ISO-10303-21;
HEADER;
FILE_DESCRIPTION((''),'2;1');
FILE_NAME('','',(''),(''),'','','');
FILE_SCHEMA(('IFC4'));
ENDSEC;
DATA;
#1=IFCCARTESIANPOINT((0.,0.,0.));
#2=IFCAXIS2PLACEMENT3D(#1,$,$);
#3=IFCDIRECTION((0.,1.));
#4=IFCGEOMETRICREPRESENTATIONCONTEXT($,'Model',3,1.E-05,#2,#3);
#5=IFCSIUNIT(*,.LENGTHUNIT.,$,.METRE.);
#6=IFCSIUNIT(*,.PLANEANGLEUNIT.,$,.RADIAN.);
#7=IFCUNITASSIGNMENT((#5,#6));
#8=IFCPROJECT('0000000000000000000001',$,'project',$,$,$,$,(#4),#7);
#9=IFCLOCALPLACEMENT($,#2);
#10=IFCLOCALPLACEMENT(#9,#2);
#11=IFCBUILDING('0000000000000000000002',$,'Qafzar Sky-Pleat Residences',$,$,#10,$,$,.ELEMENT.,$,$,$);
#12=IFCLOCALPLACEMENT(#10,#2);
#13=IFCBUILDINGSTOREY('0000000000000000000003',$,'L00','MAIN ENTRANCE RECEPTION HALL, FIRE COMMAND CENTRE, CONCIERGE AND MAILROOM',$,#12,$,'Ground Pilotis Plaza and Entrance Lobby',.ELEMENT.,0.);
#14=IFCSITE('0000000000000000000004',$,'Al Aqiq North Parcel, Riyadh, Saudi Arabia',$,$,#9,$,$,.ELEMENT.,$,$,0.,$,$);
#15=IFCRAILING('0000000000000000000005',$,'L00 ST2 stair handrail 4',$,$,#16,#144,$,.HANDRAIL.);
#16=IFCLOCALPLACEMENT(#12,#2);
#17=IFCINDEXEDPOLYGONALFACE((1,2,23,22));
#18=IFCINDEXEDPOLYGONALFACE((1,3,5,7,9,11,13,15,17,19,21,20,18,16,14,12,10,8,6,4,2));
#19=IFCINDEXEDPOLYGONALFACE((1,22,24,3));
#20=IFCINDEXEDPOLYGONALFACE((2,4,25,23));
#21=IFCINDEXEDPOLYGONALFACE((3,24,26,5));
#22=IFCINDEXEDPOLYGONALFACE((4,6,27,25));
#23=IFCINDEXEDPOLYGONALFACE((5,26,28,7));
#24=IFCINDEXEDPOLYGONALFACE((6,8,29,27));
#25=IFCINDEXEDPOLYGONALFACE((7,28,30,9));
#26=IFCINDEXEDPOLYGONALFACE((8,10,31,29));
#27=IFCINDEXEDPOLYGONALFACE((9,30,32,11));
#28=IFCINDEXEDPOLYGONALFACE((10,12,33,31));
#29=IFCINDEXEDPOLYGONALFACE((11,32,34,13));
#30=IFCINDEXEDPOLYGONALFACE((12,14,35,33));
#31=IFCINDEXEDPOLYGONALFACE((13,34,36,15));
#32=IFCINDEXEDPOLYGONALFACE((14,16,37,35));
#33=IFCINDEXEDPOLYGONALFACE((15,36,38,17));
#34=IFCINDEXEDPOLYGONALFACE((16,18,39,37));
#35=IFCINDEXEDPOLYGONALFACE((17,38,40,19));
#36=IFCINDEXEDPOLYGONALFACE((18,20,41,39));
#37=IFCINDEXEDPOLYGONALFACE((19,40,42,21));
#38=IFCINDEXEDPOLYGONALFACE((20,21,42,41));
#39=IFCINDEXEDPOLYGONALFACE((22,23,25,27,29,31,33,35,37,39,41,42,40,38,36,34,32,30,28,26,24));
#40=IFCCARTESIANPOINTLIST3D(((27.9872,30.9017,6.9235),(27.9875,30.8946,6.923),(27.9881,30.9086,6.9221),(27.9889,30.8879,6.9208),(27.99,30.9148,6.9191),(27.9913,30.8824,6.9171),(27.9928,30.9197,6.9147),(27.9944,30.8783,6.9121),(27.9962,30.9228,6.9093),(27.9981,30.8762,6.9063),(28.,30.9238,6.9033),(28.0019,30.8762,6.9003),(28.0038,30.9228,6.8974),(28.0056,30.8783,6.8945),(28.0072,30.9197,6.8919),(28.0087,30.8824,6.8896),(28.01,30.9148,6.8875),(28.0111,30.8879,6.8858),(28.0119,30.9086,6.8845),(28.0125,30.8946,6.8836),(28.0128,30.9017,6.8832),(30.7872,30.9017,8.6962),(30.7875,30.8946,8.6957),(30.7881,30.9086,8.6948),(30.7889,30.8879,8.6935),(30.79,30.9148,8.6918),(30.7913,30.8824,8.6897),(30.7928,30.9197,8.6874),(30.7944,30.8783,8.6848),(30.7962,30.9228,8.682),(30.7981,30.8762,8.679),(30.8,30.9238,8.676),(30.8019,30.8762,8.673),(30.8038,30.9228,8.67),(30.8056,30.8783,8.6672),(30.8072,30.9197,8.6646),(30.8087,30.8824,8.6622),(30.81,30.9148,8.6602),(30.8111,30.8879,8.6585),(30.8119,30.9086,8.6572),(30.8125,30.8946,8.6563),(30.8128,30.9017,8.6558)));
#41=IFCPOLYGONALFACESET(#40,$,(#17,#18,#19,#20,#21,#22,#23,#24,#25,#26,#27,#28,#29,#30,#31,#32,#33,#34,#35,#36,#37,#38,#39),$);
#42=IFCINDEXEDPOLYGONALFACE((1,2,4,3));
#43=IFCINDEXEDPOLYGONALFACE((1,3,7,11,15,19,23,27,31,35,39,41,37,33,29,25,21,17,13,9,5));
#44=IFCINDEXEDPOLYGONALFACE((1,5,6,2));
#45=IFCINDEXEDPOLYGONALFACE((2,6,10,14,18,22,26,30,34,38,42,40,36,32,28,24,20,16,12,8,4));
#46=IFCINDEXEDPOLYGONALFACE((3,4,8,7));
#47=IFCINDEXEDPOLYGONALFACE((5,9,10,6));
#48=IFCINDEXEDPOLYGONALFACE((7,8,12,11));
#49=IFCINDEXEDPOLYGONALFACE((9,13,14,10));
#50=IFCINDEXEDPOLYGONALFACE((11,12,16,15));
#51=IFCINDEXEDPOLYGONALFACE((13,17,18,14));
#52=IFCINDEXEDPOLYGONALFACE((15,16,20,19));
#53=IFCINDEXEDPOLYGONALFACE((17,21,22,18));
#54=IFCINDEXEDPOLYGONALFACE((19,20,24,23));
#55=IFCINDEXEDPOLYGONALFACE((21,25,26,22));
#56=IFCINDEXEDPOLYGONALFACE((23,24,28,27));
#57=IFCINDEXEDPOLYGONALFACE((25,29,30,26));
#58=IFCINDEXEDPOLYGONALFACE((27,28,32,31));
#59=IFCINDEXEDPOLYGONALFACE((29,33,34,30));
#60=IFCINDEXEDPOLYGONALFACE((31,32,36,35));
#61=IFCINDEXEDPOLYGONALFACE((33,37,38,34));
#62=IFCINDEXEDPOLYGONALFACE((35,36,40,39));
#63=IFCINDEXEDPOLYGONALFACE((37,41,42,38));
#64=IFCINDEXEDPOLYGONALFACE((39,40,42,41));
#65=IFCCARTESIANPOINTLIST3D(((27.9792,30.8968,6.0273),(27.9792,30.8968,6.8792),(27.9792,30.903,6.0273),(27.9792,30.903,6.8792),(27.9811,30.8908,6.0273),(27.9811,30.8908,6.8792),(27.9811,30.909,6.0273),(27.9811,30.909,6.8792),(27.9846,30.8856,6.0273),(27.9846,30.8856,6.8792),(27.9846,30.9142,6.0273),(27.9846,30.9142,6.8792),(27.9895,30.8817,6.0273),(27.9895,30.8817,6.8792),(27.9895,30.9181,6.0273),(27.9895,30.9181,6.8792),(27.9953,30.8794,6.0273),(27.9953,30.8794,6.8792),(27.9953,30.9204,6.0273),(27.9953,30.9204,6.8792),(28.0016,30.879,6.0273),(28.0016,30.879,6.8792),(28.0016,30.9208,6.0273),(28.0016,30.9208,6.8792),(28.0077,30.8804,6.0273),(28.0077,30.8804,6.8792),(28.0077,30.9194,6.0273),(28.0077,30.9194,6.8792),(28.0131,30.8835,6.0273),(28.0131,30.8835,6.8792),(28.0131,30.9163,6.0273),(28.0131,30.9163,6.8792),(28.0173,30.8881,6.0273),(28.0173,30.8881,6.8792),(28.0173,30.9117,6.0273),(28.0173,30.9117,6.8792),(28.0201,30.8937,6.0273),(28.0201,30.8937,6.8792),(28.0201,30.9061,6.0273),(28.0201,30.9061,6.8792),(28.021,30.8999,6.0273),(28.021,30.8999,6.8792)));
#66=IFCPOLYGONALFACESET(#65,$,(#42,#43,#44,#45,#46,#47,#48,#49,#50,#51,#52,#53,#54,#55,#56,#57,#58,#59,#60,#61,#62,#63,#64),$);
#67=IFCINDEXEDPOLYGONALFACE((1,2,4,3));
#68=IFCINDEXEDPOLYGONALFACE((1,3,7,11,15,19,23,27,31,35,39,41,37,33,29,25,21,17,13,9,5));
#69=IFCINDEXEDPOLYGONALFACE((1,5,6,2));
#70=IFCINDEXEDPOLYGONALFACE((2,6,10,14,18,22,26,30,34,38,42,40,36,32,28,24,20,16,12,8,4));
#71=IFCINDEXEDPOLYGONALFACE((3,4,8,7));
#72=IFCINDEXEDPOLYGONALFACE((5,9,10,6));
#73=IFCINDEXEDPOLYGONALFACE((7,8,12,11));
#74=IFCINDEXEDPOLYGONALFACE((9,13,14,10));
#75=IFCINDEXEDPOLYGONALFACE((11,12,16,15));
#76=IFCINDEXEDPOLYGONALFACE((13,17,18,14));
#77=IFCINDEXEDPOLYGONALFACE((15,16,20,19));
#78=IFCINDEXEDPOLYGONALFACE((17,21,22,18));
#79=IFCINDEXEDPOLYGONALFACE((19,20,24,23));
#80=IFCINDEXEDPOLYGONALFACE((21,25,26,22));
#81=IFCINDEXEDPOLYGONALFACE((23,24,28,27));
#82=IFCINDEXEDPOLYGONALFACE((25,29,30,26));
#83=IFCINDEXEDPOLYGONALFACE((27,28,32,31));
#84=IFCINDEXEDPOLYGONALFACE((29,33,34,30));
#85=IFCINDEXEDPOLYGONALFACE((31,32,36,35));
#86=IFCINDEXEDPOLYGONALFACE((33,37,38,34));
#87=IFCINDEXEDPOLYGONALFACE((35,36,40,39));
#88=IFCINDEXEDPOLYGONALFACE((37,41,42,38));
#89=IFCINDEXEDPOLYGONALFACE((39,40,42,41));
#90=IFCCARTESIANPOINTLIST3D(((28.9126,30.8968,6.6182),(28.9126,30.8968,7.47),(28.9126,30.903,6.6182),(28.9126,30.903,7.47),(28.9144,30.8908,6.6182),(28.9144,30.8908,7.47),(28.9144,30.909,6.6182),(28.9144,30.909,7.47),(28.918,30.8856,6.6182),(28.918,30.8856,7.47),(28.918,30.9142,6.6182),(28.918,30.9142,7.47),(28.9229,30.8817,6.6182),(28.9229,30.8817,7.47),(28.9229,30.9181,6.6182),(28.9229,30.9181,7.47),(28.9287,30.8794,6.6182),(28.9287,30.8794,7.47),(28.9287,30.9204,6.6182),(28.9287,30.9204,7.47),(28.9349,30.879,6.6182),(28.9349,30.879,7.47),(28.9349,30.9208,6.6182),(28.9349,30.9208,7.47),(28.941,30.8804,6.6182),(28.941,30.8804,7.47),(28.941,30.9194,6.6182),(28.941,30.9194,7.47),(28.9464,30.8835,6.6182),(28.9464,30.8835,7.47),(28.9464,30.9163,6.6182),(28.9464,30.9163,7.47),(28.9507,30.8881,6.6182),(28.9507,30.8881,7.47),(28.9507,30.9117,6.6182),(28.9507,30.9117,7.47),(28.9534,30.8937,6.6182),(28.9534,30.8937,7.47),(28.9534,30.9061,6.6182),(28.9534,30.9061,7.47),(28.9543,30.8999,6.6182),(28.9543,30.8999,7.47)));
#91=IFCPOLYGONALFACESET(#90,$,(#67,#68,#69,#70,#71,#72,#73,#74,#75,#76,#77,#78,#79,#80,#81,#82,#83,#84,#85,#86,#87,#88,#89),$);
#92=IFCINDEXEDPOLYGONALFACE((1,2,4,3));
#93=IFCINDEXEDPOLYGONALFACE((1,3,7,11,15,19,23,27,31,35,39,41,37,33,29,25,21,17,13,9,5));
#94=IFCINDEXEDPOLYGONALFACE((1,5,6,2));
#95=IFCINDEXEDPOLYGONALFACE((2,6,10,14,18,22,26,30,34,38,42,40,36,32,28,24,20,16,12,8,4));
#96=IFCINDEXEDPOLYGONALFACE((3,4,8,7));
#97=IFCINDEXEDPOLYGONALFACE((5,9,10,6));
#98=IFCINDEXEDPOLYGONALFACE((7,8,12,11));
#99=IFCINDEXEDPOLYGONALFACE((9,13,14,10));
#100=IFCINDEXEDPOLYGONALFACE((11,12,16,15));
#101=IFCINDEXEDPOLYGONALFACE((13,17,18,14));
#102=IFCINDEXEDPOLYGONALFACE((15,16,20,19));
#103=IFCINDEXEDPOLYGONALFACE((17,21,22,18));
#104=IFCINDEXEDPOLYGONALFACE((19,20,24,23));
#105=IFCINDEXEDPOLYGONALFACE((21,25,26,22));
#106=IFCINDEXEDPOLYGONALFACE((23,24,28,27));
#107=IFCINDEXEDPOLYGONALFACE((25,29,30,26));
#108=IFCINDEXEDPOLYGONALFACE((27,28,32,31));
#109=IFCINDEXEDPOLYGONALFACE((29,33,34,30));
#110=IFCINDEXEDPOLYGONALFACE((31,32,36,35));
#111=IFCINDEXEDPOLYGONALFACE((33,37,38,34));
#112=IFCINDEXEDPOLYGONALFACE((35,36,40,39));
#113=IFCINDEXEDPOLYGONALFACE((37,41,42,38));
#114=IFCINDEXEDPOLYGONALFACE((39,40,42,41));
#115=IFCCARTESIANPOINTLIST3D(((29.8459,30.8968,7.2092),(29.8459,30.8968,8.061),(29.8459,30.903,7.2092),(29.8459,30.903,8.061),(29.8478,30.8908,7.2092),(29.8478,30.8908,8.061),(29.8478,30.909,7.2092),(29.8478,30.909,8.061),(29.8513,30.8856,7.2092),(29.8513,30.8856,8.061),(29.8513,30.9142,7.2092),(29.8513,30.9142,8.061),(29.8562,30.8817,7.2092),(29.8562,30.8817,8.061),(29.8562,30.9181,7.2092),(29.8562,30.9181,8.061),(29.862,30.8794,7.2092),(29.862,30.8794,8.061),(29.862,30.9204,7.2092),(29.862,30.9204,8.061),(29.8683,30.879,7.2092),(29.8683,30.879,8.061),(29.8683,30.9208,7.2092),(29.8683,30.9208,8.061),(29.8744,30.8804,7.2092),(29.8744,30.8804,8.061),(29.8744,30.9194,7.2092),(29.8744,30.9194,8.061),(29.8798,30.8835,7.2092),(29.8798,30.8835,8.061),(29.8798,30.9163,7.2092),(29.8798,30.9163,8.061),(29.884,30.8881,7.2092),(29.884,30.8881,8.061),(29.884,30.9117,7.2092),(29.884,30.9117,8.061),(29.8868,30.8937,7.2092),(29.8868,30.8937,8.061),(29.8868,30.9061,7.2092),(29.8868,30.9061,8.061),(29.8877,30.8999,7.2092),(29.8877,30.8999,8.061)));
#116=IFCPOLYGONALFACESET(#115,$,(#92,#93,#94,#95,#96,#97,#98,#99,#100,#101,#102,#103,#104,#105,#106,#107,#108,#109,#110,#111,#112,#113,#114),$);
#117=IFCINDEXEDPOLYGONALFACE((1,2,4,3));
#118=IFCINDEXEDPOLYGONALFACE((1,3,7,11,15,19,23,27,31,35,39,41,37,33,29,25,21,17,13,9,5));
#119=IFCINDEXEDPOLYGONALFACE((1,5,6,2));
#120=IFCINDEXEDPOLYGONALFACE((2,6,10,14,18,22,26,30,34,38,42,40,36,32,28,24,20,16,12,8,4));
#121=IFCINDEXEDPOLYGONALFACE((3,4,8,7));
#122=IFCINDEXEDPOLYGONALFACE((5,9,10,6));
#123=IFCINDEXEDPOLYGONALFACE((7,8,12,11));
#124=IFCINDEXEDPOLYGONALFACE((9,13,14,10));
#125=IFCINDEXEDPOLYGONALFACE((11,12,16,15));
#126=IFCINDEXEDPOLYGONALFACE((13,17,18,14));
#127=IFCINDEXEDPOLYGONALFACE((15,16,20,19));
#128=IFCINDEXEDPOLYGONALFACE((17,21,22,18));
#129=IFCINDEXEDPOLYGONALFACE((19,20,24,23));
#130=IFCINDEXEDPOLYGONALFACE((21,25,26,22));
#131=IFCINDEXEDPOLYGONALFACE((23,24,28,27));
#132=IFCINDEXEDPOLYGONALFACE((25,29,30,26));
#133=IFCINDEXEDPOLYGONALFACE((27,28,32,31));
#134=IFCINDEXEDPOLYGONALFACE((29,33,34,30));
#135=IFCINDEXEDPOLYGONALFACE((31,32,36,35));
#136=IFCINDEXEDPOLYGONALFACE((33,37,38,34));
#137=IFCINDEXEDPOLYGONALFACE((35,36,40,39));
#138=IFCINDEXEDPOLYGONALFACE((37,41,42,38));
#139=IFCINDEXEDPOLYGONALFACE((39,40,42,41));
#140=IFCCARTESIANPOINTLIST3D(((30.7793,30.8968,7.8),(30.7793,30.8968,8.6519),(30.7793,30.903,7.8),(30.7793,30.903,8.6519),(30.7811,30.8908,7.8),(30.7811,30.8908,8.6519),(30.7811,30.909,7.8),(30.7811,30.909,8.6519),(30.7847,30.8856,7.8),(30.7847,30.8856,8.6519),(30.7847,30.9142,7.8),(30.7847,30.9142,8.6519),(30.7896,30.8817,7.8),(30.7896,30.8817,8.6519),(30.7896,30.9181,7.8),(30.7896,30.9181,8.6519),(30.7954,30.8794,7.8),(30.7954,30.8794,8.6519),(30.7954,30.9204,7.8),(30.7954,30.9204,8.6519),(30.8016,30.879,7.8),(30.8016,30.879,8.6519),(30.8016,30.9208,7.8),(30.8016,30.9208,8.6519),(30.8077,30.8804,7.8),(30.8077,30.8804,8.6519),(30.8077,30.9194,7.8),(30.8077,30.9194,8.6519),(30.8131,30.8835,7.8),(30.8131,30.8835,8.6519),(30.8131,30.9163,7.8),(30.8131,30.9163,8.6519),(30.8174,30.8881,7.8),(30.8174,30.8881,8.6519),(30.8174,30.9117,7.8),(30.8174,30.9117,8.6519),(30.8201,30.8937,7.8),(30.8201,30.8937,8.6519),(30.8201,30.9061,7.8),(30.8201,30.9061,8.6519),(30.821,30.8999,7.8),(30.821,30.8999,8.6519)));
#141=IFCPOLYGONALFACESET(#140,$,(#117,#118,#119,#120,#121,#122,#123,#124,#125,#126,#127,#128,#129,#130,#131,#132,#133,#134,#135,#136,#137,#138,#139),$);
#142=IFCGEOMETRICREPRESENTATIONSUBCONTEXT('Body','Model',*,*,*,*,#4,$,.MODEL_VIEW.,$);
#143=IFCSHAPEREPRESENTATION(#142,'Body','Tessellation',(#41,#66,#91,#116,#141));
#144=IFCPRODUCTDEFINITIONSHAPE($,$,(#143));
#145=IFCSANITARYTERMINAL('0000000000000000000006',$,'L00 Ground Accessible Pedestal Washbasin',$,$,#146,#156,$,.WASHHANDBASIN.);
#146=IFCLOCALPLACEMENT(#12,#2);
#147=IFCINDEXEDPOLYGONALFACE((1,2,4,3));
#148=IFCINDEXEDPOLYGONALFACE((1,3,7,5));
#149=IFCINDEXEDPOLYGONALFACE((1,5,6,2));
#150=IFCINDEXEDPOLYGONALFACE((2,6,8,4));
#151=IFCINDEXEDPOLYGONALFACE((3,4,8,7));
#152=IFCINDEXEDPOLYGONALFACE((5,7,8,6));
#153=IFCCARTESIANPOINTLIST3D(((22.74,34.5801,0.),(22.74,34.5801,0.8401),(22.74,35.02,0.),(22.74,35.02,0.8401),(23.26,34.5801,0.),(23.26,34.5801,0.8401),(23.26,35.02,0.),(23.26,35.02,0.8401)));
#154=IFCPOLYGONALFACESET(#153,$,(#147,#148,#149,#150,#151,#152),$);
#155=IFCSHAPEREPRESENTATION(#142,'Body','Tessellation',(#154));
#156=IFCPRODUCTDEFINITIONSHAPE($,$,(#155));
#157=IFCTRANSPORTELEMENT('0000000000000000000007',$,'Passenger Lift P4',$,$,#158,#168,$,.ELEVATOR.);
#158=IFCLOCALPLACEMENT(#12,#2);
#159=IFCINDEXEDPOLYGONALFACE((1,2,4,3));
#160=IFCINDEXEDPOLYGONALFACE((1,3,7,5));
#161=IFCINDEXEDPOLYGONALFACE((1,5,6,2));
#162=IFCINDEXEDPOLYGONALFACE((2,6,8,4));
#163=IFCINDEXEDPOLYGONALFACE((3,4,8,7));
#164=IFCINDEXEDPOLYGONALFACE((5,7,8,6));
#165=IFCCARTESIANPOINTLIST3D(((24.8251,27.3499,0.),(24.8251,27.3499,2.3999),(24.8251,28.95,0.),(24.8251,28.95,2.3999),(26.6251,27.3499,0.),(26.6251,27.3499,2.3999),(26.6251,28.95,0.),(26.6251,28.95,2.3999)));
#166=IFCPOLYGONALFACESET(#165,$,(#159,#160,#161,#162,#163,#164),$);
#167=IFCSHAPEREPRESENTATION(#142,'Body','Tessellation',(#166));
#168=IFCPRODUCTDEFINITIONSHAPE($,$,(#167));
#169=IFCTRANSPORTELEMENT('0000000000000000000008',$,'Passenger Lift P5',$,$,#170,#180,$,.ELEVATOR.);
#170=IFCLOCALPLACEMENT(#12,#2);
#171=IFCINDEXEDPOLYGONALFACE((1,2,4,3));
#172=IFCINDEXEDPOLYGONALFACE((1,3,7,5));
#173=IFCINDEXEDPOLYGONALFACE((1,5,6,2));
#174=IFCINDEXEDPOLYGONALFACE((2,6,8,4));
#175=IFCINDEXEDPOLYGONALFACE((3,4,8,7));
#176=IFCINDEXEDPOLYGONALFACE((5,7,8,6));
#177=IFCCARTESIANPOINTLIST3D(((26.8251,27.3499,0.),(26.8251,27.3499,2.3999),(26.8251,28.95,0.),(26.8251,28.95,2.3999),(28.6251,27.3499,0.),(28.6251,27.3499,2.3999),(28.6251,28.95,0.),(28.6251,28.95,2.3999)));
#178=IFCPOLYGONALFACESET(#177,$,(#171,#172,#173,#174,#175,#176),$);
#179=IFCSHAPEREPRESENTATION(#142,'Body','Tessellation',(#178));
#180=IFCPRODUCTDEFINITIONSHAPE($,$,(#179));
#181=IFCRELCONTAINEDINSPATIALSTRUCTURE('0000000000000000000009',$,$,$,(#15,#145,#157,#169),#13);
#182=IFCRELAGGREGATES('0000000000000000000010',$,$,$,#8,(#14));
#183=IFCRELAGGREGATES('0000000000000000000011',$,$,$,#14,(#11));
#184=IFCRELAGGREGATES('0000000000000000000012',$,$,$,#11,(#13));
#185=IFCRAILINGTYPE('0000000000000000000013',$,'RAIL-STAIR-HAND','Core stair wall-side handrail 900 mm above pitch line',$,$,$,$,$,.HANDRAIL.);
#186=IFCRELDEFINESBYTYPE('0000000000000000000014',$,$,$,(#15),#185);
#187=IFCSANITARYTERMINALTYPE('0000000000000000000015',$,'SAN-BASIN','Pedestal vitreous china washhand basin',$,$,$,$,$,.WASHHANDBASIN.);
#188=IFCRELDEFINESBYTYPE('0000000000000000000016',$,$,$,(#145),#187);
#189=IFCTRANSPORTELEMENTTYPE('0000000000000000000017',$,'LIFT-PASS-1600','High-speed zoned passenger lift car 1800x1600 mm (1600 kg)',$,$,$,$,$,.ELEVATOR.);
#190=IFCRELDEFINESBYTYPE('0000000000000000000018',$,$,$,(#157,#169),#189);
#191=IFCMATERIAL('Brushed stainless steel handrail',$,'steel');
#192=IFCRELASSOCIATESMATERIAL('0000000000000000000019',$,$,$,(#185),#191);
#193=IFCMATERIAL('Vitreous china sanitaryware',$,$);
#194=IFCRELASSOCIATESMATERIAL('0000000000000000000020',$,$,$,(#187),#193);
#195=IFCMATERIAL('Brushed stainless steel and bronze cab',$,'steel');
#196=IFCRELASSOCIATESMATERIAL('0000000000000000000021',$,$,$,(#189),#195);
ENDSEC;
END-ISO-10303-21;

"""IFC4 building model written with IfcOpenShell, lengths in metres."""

from ifc_helpers import new_model, si_unit, direction, frame, origin, origin_2d, place, context, subcontext, project, spatial, rectangle, circle, extrude, source, transform, mapped, material, type_object, element, save


model = new_model("IFC4")

# Units and contexts
model_context = context("Model", 3, precision=1e-05, world=origin(), true_north=direction((0.0, 1.0)))
body_context = subcontext(model_context, "Body", "Model", "MODEL_VIEW")
ifc_project = project(units=[si_unit("LENGTHUNIT", "METRE"), si_unit("PLANEANGLEUNIT", "RADIAN")], contexts=[model_context])

# Site, building, storey
site_placement = place(None, origin())
site = spatial("IfcSite", under=ifc_project, at=site_placement, Name="Al Aqiq North Parcel, Riyadh, Saudi Arabia", CompositionType="ELEMENT", RefElevation=0.0)
building_placement = place(site_placement, origin())
building = spatial("IfcBuilding", under=site, at=building_placement, Name="Qafzar Sky-Pleat Residences", CompositionType="ELEMENT")
storey_placement = place(building_placement, origin())
storey = spatial("IfcBuildingStorey", under=building, at=storey_placement, Name="L00", Description="MAIN ENTRANCE RECEPTION HALL, FIRE COMMAND CENTRE, CONCIERGE AND MAILROOM", LongName="Ground Pilotis Plaza and Entrance Lobby", CompositionType="ELEMENT", Elevation=0.0)

# Railing
ifc_material_1 = material(Name="Brushed stainless steel handrail", Category="steel")
railing_type_1 = type_object("IfcRailingType", Name="RAIL-STAIR-HAND", Description="Core stair wall-side handrail 900 mm above pitch line", PredefinedType="HANDRAIL", material=ifc_material_1)
shared_shape_1 = source(origin(), body_context, "Body", "SweptSolid", [
    extrude(circle(Radius=0.0239, at=origin_2d()), frame((0.0, 0.0, 0.876), z_axis=(0.844909, 0.0, 0.53491), x_axis=(0.0, 1.0, 0.0)), (0.0, 0.0, 1.0), 3.314),
    extrude(circle(Radius=0.021, at=origin_2d()), origin(), (0.0, 0.0, 1.0), 0.8518),
    extrude(circle(Radius=0.021, at=origin_2d()), frame((0.9333, 0.0, 0.5908)), (0.0, 0.0, 1.0), 0.8518),
    extrude(circle(Radius=0.021, at=origin_2d()), frame((1.8667, 0.0, 1.1819)), (0.0, 0.0, 1.0), 0.8518),
    extrude(circle(Radius=0.021, at=origin_2d()), frame((2.8, 0.0, 1.7727)), (0.0, 0.0, 1.0), 0.8518),
])
for number, where, name in (
    (1, (28.0, 30.8999, 6.0273), "L00 ST2 stair handrail 4"),
):
    element("IfcRailing", number, at=place(storey_placement, frame(where)), inside=storey, type_object=railing_type_1, Name=name, PredefinedType="HANDRAIL", context=body_context, shape_type="MappedRepresentation", body=[
        mapped(shared_shape_1, transform((0.0, 0.0, 0.0), x_axis=(1.0, 0.0, 0.0), y_axis=(0.0, 1.0, 0.0), z_axis=(0.0, 0.0, 1.0), scale=1.0)),
    ])

# Sanitary terminal
ifc_material_2 = material(Name="Vitreous china sanitaryware")
sanitary_terminal_type = type_object("IfcSanitaryTerminalType", Name="SAN-BASIN", Description="Pedestal vitreous china washhand basin", PredefinedType="WASHHANDBASIN", material=ifc_material_2)
shared_shape_2 = source(origin(), body_context, "Body", "SweptSolid", [
    extrude(rectangle(XDim=0.52, YDim=0.4399, at=origin_2d()), origin(), (0.0, 0.0, 1.0), 0.8401),
])
sanitary_terminal_placement = place(storey_placement, frame((23.0, 34.8, 0.0), z_axis=(0.0, 0.0, 1.0), x_axis=(1.0, 0.0, 0.0)))
element("IfcSanitaryTerminal", 2, at=sanitary_terminal_placement, inside=storey, type_object=sanitary_terminal_type, Name="L00 Ground Accessible Pedestal Washbasin", PredefinedType="WASHHANDBASIN", context=body_context, shape_type="MappedRepresentation", body=[
    mapped(shared_shape_2, transform((0.0, 0.0, 0.0), x_axis=(1.0, 0.0, 0.0), y_axis=(0.0, 1.0, 0.0), z_axis=(0.0, 0.0, 1.0), scale=1.0)),
])

# Transport elements
ifc_material_3 = material(Name="Brushed stainless steel and bronze cab", Category="steel")
transport_element_type = type_object("IfcTransportElementType", Name="LIFT-PASS-1600", Description="High-speed zoned passenger lift car 1800x1600 mm (1600 kg)", PredefinedType="ELEVATOR", material=ifc_material_3)
shared_shape_3 = source(origin(), body_context, "Body", "SweptSolid", [
    extrude(rectangle(XDim=1.8, YDim=1.6001, at=origin_2d()), origin(), (0.0, 0.0, 1.0), 2.3999),
])
for number, where, z_axis, x_axis, name in (
    (3, (25.7251, 28.1499, 0.0), (0.0, 0.0, 1.0), (1.0, 0.0, 0.0), "Passenger Lift P4"),
    (4, (27.7251, 28.1499, 0.0), (0.0, 0.0, 1.0), (1.0, 0.0, 0.0), "Passenger Lift P5"),
):
    element("IfcTransportElement", number, at=place(storey_placement, frame(where, z_axis=z_axis, x_axis=x_axis)), inside=storey, type_object=transport_element_type, Name=name, PredefinedType="ELEVATOR", context=body_context, shape_type="MappedRepresentation", body=[
        mapped(shared_shape_3, transform((0.0, 0.0, 0.0), x_axis=(1.0, 0.0, 0.0), y_axis=(0.0, 1.0, 0.0), z_axis=(0.0, 0.0, 1.0), scale=1.0)),
    ])

save(model, "model.ifc")
